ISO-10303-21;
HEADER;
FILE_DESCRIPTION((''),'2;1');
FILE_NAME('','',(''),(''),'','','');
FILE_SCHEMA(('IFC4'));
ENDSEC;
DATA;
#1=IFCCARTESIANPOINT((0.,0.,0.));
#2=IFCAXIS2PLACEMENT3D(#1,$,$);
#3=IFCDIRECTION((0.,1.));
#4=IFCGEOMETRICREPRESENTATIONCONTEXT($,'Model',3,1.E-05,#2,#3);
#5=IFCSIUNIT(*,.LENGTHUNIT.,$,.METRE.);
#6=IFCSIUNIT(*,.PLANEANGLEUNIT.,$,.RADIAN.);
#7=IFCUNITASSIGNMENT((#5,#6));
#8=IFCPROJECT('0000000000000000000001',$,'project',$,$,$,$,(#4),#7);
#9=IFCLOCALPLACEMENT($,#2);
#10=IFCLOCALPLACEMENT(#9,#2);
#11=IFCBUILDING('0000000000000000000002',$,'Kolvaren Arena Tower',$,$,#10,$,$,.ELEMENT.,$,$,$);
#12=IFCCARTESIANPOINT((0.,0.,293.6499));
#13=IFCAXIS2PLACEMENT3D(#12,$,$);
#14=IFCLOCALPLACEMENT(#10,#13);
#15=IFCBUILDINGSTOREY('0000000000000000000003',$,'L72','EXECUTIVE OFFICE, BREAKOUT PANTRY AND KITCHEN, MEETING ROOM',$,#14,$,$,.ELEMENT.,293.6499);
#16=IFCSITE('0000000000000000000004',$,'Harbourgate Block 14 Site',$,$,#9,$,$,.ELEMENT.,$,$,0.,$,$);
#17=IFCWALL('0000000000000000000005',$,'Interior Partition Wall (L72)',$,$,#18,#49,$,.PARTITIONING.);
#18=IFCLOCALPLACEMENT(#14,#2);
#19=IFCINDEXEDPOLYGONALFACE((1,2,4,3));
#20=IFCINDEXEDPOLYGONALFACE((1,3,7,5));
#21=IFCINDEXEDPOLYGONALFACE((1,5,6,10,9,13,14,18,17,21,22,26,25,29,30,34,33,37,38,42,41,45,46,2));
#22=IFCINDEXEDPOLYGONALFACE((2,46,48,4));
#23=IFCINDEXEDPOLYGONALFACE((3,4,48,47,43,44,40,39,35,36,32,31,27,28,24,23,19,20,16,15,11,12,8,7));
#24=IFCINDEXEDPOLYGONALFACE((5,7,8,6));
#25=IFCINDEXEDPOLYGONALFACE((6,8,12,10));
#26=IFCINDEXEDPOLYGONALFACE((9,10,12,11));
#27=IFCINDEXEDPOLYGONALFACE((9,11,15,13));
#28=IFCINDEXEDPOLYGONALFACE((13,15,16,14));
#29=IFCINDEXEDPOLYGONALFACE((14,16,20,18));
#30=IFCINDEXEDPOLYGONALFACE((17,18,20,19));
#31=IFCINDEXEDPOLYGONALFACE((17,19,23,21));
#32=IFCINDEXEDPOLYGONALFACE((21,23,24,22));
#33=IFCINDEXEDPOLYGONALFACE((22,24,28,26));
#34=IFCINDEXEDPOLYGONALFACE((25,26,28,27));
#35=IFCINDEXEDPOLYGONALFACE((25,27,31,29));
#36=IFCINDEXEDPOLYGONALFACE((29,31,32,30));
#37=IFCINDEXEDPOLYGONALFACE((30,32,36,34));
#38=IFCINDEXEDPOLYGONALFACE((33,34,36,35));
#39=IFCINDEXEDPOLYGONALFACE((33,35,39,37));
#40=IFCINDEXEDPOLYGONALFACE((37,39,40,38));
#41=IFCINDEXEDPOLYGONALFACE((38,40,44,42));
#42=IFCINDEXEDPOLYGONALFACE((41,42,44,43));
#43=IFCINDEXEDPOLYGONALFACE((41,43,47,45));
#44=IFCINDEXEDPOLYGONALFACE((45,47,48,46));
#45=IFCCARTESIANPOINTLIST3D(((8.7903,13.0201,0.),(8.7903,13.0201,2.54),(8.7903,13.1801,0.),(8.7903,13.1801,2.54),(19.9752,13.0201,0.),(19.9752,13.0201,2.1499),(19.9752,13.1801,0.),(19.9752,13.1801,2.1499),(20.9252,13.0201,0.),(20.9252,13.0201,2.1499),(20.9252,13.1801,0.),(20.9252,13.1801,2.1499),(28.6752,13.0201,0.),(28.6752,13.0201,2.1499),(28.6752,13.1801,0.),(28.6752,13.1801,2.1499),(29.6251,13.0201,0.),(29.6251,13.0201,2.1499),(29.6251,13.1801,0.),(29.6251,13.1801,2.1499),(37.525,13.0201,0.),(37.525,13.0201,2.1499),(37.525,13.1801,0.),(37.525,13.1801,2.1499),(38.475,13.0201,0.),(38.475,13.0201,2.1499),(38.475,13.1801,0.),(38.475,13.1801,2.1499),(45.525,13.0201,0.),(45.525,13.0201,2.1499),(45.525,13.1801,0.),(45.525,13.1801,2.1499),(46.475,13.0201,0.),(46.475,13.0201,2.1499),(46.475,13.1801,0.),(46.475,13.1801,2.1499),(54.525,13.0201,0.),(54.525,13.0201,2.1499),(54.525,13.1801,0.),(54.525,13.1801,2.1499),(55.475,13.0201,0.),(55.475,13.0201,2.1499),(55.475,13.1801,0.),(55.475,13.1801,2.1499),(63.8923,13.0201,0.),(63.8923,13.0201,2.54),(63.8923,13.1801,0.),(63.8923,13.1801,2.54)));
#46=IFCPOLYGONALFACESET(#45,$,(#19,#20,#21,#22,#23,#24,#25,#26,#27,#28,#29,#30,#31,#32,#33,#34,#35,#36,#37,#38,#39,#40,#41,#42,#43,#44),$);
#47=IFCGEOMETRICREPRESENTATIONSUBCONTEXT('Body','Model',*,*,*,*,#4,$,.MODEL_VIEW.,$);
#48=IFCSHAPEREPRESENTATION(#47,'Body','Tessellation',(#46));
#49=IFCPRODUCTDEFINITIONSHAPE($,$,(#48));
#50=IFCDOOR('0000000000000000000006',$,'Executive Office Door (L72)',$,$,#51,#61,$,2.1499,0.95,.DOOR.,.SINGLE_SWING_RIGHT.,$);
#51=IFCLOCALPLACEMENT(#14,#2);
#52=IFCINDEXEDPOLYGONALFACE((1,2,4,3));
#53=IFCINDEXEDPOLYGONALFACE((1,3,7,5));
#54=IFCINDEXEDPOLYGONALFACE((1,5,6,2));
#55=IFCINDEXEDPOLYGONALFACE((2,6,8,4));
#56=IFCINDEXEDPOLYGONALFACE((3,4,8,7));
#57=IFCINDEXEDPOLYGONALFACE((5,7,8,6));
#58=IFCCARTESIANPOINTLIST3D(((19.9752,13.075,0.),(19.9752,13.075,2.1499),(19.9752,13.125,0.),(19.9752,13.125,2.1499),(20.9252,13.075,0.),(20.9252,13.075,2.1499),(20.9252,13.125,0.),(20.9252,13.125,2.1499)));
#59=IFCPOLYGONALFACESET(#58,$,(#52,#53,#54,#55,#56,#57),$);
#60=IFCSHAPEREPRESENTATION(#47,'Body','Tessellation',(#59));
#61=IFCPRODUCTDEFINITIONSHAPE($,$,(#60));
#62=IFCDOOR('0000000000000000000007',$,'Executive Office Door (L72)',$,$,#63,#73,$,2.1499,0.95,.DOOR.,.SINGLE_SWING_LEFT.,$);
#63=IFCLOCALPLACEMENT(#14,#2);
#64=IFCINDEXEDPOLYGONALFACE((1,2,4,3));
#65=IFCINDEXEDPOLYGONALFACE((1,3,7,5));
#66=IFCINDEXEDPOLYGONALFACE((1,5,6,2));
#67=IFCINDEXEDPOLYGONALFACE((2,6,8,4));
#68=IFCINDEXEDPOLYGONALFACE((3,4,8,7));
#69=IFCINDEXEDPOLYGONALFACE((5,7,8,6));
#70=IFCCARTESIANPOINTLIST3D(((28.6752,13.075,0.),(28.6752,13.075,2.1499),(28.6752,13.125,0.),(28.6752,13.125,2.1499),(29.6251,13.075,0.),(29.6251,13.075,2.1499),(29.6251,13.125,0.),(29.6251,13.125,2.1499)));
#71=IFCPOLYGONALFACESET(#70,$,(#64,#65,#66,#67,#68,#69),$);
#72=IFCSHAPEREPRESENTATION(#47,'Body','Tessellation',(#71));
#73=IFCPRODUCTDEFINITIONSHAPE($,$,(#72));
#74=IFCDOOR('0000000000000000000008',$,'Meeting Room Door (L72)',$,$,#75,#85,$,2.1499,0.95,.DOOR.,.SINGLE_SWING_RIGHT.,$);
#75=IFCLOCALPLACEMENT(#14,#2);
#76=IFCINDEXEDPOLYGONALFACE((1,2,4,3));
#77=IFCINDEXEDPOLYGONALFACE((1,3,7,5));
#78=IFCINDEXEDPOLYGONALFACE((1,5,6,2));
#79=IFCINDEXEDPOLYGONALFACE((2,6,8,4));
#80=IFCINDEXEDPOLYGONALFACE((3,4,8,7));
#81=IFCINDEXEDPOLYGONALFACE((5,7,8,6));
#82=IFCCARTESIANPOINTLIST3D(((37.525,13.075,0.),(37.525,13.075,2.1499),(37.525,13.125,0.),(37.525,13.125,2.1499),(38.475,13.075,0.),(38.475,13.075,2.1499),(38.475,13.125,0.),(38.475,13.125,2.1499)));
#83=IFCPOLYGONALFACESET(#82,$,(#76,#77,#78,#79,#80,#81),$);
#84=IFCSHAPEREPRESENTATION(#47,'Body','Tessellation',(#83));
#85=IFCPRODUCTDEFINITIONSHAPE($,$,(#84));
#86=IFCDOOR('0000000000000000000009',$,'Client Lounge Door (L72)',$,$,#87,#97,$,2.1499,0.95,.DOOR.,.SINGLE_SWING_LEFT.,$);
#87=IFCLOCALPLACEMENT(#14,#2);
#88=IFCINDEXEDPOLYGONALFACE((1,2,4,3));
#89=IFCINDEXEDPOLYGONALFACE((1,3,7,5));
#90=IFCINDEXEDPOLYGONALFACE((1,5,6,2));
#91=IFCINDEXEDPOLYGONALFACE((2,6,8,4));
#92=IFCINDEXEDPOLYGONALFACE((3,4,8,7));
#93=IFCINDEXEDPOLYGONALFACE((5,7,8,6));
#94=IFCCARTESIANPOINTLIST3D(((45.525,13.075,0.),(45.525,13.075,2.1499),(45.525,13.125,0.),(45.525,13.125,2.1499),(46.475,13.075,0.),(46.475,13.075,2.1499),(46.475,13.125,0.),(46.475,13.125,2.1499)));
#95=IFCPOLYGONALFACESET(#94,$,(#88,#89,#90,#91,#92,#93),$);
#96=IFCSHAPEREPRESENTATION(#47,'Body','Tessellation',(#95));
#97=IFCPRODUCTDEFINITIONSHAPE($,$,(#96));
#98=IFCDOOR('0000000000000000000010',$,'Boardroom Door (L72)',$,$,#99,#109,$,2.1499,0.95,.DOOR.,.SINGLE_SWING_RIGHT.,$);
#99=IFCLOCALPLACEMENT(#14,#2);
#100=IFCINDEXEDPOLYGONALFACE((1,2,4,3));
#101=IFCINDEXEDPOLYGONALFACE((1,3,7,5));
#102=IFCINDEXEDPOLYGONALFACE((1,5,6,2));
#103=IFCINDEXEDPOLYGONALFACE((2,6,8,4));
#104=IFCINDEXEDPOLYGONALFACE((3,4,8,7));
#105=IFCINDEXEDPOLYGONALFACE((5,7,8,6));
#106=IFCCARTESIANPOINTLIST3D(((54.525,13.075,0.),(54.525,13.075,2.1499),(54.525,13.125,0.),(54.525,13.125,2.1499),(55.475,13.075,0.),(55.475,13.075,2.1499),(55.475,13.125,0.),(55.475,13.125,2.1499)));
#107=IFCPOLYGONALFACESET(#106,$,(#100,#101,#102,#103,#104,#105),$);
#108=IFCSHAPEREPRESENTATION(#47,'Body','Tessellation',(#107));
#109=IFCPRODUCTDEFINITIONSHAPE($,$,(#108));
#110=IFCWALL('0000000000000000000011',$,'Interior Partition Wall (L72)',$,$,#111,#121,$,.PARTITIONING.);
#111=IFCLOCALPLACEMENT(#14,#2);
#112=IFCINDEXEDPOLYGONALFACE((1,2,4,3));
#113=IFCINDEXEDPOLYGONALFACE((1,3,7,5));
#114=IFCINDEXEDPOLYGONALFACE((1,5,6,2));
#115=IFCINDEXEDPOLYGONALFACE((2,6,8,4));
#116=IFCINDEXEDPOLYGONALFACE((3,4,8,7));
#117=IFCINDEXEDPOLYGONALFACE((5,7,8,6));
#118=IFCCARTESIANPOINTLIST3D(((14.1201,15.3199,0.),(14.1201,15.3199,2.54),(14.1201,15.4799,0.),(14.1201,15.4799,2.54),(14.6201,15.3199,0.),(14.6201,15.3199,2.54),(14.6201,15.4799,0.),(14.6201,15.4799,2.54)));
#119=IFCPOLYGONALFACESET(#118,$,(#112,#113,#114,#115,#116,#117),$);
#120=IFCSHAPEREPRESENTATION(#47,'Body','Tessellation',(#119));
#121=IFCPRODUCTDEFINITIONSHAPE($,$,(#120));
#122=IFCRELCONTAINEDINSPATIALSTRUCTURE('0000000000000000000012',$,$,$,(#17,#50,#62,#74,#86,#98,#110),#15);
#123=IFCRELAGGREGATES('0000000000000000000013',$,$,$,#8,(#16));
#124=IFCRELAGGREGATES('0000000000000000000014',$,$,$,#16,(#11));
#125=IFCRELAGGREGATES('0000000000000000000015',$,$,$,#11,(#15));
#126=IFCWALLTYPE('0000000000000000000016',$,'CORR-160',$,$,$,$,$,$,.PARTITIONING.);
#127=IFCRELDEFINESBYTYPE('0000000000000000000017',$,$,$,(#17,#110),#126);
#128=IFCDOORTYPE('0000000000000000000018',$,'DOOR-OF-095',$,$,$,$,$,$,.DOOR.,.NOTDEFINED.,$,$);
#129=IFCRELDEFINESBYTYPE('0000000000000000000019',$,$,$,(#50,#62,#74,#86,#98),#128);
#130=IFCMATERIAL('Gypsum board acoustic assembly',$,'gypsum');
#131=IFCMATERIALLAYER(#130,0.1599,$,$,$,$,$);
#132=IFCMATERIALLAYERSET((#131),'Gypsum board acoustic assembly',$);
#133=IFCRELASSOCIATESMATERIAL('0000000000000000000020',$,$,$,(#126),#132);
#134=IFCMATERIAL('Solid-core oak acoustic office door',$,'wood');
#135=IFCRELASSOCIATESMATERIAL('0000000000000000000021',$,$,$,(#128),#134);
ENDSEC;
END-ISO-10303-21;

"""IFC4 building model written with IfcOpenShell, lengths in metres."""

from ifc_helpers import new_model, si_unit, direction, frame, frame_2d, origin, place, context, subcontext, project, spatial, rectangle, extrude, material, layer, layer_set, type_object, element, fill, save


model = new_model("IFC4")

# Units and contexts
model_context = context("Model", 3, precision=1e-05, world=origin(), true_north=direction((0.0, 1.0)))
body_context = subcontext(model_context, "Body", "Model", "MODEL_VIEW")
ifc_project = project(units=[si_unit("LENGTHUNIT", "METRE"), si_unit("PLANEANGLEUNIT", "RADIAN")], contexts=[model_context])

# Site, building, storey
site_placement = place(None, origin())
site = spatial("IfcSite", under=ifc_project, at=site_placement, Name="Harbourgate Block 14 Site", CompositionType="ELEMENT", RefElevation=0.0)
building_placement = place(site_placement, origin())
building = spatial("IfcBuilding", under=site, at=building_placement, Name="Kolvaren Arena Tower", CompositionType="ELEMENT")
storey_placement = place(building_placement, frame((0.0, 0.0, 293.6499)))
storey = spatial("IfcBuildingStorey", under=building, at=storey_placement, Name="L72", Description="EXECUTIVE OFFICE, BREAKOUT PANTRY AND KITCHEN, MEETING ROOM", CompositionType="ELEMENT", Elevation=293.6499)

# Wall, openings, doors
ifc_material_1 = material(Name="Gypsum board acoustic assembly", Category="gypsum")
ifc_layer_1 = layer(ifc_material_1, 0.1599)
ifc_layer_set_1 = layer_set([ifc_layer_1], Name="Gypsum board acoustic assembly")
wall_type_1 = type_object("IfcWallType", Name="CORR-160", PredefinedType="PARTITIONING", material=ifc_layer_set_1)
wall_1_placement = place(storey_placement, frame((8.7903, 13.1001, 0.0), z_axis=(0.0, 0.0, 1.0), x_axis=(1.0, 0.0, 0.0)))
wall_1 = element("IfcWall", 1, at=wall_1_placement, inside=storey, type_object=wall_type_1, Name="Interior Partition Wall (L72)", PredefinedType="PARTITIONING", context=body_context, shape_type="SweptSolid", body=[
    extrude(rectangle(XDim=55.1021, YDim=0.1599, at=frame_2d((27.551, 0.0))), origin(), (0.0, 0.0, 1.0), 2.54),
])
opening_1_placement = place(wall_1_placement, frame((11.1848, 0.0, 0.0)))
opening_1 = element("IfcOpeningElement", 2, at=opening_1_placement, cuts=wall_1, PredefinedType="OPENING", context=body_context, shape_type="SweptSolid", body=[
    extrude(rectangle(XDim=0.95, YDim=2.1499, at=frame_2d((0.4751, 1.075))), frame((0.0, 0.0898, 0.0), z_axis=(0.0, -1.0, 0.0), x_axis=(1.0, 0.0, 0.0)), (0.0, 0.0, 1.0), 0.1799),
])
opening_2_placement = place(wall_1_placement, frame((19.8848, 0.0, 0.0)))
opening_2 = element("IfcOpeningElement", 3, at=opening_2_placement, cuts=wall_1, PredefinedType="OPENING", context=body_context, shape_type="SweptSolid", body=[
    extrude(rectangle(XDim=0.95, YDim=2.1499, at=frame_2d((0.4751, 1.075))), frame((0.0, 0.0898, 0.0), z_axis=(0.0, -1.0, 0.0), x_axis=(1.0, 0.0, 0.0)), (0.0, 0.0, 1.0), 0.1799),
])
opening_3_placement = place(wall_1_placement, frame((28.7346, 0.0, 0.0)))
opening_3 = element("IfcOpeningElement", 4, at=opening_3_placement, cuts=wall_1, PredefinedType="OPENING", context=body_context, shape_type="SweptSolid", body=[
    extrude(rectangle(XDim=0.95, YDim=2.1499, at=frame_2d((0.4751, 1.075))), frame((0.0, 0.0898, 0.0), z_axis=(0.0, -1.0, 0.0), x_axis=(1.0, 0.0, 0.0)), (0.0, 0.0, 1.0), 0.1799),
])
opening_4_placement = place(wall_1_placement, frame((36.7346, 0.0, 0.0)))
opening_4 = element("IfcOpeningElement", 5, at=opening_4_placement, cuts=wall_1, PredefinedType="OPENING", context=body_context, shape_type="SweptSolid", body=[
    extrude(rectangle(XDim=0.95, YDim=2.1499, at=frame_2d((0.4751, 1.075))), frame((0.0, 0.0898, 0.0), z_axis=(0.0, -1.0, 0.0), x_axis=(1.0, 0.0, 0.0)), (0.0, 0.0, 1.0), 0.1799),
])
opening_5_placement = place(wall_1_placement, frame((45.7346, 0.0, 0.0)))
opening_5 = element("IfcOpeningElement", 6, at=opening_5_placement, cuts=wall_1, PredefinedType="OPENING", context=body_context, shape_type="SweptSolid", body=[
    extrude(rectangle(XDim=0.95, YDim=2.1499, at=frame_2d((0.4751, 1.075))), frame((0.0, 0.0898, 0.0), z_axis=(0.0, -1.0, 0.0), x_axis=(1.0, 0.0, 0.0)), (0.0, 0.0, 1.0), 0.1799),
])
ifc_material_2 = material(Name="Solid-core oak acoustic office door", Category="wood")
door_type_1 = type_object("IfcDoorType", Name="DOOR-OF-095", OperationType="NOTDEFINED", PredefinedType="DOOR", material=ifc_material_2)
door_1_placement = place(opening_1_placement, origin())
door_1 = element("IfcDoor", 7, at=door_1_placement, inside=storey, type_object=door_type_1, Name="Executive Office Door (L72)", OperationType="SINGLE_SWING_RIGHT", OverallHeight=2.1499, OverallWidth=0.95, PredefinedType="DOOR", context=body_context, shape_type="SweptSolid", body=[
    extrude(rectangle(XDim=0.95, YDim=2.1499, at=frame_2d((0.4751, 1.075))), frame((0.0, 0.0249, 0.0), z_axis=(0.0, -1.0, 0.0), x_axis=(1.0, 0.0, 0.0)), (0.0, 0.0, 1.0), 0.05),
])
fill(opening_1, door_1)
door_2_placement = place(opening_2_placement, origin())
door_2 = element("IfcDoor", 8, at=door_2_placement, inside=storey, type_object=door_type_1, Name="Executive Office Door (L72)", OperationType="SINGLE_SWING_LEFT", OverallHeight=2.1499, OverallWidth=0.95, PredefinedType="DOOR", context=body_context, shape_type="SweptSolid", body=[
    extrude(rectangle(XDim=0.95, YDim=2.1499, at=frame_2d((0.4751, 1.075))), frame((0.0, 0.0249, 0.0), z_axis=(0.0, -1.0, 0.0), x_axis=(1.0, 0.0, 0.0)), (0.0, 0.0, 1.0), 0.05),
])
fill(opening_2, door_2)
door_3_placement = place(opening_3_placement, origin())
door_3 = element("IfcDoor", 9, at=door_3_placement, inside=storey, type_object=door_type_1, Name="Meeting Room Door (L72)", OperationType="SINGLE_SWING_RIGHT", OverallHeight=2.1499, OverallWidth=0.95, PredefinedType="DOOR", context=body_context, shape_type="SweptSolid", body=[
    extrude(rectangle(XDim=0.95, YDim=2.1499, at=frame_2d((0.4751, 1.075))), frame((0.0, 0.0249, 0.0), z_axis=(0.0, -1.0, 0.0), x_axis=(1.0, 0.0, 0.0)), (0.0, 0.0, 1.0), 0.05),
])
fill(opening_3, door_3)
door_4_placement = place(opening_4_placement, origin())
door_4 = element("IfcDoor", 10, at=door_4_placement, inside=storey, type_object=door_type_1, Name="Client Lounge Door (L72)", OperationType="SINGLE_SWING_LEFT", OverallHeight=2.1499, OverallWidth=0.95, PredefinedType="DOOR", context=body_context, shape_type="SweptSolid", body=[
    extrude(rectangle(XDim=0.95, YDim=2.1499, at=frame_2d((0.4751, 1.075))), frame((0.0, 0.0249, 0.0), z_axis=(0.0, -1.0, 0.0), x_axis=(1.0, 0.0, 0.0)), (0.0, 0.0, 1.0), 0.05),
])
fill(opening_4, door_4)
door_5_placement = place(opening_5_placement, origin())
door_5 = element("IfcDoor", 11, at=door_5_placement, inside=storey, type_object=door_type_1, Name="Boardroom Door (L72)", OperationType="SINGLE_SWING_RIGHT", OverallHeight=2.1499, OverallWidth=0.95, PredefinedType="DOOR", context=body_context, shape_type="SweptSolid", body=[
    extrude(rectangle(XDim=0.95, YDim=2.1499, at=frame_2d((0.4751, 1.075))), frame((0.0, 0.0249, 0.0), z_axis=(0.0, -1.0, 0.0), x_axis=(1.0, 0.0, 0.0)), (0.0, 0.0, 1.0), 0.05),
])
fill(opening_5, door_5)

# Wall
wall_2_placement = place(storey_placement, frame((14.1201, 15.3999, 0.0), z_axis=(0.0, 0.0, 1.0), x_axis=(1.0, 0.0, 0.0)))
element("IfcWall", 12, at=wall_2_placement, inside=storey, type_object=wall_type_1, Name="Interior Partition Wall (L72)", PredefinedType="PARTITIONING", context=body_context, shape_type="SweptSolid", body=[
    extrude(rectangle(XDim=0.5, YDim=0.1599, at=frame_2d((0.25, 0.0))), origin(), (0.0, 0.0, 1.0), 2.54),
])

save(model, "model.ifc")
